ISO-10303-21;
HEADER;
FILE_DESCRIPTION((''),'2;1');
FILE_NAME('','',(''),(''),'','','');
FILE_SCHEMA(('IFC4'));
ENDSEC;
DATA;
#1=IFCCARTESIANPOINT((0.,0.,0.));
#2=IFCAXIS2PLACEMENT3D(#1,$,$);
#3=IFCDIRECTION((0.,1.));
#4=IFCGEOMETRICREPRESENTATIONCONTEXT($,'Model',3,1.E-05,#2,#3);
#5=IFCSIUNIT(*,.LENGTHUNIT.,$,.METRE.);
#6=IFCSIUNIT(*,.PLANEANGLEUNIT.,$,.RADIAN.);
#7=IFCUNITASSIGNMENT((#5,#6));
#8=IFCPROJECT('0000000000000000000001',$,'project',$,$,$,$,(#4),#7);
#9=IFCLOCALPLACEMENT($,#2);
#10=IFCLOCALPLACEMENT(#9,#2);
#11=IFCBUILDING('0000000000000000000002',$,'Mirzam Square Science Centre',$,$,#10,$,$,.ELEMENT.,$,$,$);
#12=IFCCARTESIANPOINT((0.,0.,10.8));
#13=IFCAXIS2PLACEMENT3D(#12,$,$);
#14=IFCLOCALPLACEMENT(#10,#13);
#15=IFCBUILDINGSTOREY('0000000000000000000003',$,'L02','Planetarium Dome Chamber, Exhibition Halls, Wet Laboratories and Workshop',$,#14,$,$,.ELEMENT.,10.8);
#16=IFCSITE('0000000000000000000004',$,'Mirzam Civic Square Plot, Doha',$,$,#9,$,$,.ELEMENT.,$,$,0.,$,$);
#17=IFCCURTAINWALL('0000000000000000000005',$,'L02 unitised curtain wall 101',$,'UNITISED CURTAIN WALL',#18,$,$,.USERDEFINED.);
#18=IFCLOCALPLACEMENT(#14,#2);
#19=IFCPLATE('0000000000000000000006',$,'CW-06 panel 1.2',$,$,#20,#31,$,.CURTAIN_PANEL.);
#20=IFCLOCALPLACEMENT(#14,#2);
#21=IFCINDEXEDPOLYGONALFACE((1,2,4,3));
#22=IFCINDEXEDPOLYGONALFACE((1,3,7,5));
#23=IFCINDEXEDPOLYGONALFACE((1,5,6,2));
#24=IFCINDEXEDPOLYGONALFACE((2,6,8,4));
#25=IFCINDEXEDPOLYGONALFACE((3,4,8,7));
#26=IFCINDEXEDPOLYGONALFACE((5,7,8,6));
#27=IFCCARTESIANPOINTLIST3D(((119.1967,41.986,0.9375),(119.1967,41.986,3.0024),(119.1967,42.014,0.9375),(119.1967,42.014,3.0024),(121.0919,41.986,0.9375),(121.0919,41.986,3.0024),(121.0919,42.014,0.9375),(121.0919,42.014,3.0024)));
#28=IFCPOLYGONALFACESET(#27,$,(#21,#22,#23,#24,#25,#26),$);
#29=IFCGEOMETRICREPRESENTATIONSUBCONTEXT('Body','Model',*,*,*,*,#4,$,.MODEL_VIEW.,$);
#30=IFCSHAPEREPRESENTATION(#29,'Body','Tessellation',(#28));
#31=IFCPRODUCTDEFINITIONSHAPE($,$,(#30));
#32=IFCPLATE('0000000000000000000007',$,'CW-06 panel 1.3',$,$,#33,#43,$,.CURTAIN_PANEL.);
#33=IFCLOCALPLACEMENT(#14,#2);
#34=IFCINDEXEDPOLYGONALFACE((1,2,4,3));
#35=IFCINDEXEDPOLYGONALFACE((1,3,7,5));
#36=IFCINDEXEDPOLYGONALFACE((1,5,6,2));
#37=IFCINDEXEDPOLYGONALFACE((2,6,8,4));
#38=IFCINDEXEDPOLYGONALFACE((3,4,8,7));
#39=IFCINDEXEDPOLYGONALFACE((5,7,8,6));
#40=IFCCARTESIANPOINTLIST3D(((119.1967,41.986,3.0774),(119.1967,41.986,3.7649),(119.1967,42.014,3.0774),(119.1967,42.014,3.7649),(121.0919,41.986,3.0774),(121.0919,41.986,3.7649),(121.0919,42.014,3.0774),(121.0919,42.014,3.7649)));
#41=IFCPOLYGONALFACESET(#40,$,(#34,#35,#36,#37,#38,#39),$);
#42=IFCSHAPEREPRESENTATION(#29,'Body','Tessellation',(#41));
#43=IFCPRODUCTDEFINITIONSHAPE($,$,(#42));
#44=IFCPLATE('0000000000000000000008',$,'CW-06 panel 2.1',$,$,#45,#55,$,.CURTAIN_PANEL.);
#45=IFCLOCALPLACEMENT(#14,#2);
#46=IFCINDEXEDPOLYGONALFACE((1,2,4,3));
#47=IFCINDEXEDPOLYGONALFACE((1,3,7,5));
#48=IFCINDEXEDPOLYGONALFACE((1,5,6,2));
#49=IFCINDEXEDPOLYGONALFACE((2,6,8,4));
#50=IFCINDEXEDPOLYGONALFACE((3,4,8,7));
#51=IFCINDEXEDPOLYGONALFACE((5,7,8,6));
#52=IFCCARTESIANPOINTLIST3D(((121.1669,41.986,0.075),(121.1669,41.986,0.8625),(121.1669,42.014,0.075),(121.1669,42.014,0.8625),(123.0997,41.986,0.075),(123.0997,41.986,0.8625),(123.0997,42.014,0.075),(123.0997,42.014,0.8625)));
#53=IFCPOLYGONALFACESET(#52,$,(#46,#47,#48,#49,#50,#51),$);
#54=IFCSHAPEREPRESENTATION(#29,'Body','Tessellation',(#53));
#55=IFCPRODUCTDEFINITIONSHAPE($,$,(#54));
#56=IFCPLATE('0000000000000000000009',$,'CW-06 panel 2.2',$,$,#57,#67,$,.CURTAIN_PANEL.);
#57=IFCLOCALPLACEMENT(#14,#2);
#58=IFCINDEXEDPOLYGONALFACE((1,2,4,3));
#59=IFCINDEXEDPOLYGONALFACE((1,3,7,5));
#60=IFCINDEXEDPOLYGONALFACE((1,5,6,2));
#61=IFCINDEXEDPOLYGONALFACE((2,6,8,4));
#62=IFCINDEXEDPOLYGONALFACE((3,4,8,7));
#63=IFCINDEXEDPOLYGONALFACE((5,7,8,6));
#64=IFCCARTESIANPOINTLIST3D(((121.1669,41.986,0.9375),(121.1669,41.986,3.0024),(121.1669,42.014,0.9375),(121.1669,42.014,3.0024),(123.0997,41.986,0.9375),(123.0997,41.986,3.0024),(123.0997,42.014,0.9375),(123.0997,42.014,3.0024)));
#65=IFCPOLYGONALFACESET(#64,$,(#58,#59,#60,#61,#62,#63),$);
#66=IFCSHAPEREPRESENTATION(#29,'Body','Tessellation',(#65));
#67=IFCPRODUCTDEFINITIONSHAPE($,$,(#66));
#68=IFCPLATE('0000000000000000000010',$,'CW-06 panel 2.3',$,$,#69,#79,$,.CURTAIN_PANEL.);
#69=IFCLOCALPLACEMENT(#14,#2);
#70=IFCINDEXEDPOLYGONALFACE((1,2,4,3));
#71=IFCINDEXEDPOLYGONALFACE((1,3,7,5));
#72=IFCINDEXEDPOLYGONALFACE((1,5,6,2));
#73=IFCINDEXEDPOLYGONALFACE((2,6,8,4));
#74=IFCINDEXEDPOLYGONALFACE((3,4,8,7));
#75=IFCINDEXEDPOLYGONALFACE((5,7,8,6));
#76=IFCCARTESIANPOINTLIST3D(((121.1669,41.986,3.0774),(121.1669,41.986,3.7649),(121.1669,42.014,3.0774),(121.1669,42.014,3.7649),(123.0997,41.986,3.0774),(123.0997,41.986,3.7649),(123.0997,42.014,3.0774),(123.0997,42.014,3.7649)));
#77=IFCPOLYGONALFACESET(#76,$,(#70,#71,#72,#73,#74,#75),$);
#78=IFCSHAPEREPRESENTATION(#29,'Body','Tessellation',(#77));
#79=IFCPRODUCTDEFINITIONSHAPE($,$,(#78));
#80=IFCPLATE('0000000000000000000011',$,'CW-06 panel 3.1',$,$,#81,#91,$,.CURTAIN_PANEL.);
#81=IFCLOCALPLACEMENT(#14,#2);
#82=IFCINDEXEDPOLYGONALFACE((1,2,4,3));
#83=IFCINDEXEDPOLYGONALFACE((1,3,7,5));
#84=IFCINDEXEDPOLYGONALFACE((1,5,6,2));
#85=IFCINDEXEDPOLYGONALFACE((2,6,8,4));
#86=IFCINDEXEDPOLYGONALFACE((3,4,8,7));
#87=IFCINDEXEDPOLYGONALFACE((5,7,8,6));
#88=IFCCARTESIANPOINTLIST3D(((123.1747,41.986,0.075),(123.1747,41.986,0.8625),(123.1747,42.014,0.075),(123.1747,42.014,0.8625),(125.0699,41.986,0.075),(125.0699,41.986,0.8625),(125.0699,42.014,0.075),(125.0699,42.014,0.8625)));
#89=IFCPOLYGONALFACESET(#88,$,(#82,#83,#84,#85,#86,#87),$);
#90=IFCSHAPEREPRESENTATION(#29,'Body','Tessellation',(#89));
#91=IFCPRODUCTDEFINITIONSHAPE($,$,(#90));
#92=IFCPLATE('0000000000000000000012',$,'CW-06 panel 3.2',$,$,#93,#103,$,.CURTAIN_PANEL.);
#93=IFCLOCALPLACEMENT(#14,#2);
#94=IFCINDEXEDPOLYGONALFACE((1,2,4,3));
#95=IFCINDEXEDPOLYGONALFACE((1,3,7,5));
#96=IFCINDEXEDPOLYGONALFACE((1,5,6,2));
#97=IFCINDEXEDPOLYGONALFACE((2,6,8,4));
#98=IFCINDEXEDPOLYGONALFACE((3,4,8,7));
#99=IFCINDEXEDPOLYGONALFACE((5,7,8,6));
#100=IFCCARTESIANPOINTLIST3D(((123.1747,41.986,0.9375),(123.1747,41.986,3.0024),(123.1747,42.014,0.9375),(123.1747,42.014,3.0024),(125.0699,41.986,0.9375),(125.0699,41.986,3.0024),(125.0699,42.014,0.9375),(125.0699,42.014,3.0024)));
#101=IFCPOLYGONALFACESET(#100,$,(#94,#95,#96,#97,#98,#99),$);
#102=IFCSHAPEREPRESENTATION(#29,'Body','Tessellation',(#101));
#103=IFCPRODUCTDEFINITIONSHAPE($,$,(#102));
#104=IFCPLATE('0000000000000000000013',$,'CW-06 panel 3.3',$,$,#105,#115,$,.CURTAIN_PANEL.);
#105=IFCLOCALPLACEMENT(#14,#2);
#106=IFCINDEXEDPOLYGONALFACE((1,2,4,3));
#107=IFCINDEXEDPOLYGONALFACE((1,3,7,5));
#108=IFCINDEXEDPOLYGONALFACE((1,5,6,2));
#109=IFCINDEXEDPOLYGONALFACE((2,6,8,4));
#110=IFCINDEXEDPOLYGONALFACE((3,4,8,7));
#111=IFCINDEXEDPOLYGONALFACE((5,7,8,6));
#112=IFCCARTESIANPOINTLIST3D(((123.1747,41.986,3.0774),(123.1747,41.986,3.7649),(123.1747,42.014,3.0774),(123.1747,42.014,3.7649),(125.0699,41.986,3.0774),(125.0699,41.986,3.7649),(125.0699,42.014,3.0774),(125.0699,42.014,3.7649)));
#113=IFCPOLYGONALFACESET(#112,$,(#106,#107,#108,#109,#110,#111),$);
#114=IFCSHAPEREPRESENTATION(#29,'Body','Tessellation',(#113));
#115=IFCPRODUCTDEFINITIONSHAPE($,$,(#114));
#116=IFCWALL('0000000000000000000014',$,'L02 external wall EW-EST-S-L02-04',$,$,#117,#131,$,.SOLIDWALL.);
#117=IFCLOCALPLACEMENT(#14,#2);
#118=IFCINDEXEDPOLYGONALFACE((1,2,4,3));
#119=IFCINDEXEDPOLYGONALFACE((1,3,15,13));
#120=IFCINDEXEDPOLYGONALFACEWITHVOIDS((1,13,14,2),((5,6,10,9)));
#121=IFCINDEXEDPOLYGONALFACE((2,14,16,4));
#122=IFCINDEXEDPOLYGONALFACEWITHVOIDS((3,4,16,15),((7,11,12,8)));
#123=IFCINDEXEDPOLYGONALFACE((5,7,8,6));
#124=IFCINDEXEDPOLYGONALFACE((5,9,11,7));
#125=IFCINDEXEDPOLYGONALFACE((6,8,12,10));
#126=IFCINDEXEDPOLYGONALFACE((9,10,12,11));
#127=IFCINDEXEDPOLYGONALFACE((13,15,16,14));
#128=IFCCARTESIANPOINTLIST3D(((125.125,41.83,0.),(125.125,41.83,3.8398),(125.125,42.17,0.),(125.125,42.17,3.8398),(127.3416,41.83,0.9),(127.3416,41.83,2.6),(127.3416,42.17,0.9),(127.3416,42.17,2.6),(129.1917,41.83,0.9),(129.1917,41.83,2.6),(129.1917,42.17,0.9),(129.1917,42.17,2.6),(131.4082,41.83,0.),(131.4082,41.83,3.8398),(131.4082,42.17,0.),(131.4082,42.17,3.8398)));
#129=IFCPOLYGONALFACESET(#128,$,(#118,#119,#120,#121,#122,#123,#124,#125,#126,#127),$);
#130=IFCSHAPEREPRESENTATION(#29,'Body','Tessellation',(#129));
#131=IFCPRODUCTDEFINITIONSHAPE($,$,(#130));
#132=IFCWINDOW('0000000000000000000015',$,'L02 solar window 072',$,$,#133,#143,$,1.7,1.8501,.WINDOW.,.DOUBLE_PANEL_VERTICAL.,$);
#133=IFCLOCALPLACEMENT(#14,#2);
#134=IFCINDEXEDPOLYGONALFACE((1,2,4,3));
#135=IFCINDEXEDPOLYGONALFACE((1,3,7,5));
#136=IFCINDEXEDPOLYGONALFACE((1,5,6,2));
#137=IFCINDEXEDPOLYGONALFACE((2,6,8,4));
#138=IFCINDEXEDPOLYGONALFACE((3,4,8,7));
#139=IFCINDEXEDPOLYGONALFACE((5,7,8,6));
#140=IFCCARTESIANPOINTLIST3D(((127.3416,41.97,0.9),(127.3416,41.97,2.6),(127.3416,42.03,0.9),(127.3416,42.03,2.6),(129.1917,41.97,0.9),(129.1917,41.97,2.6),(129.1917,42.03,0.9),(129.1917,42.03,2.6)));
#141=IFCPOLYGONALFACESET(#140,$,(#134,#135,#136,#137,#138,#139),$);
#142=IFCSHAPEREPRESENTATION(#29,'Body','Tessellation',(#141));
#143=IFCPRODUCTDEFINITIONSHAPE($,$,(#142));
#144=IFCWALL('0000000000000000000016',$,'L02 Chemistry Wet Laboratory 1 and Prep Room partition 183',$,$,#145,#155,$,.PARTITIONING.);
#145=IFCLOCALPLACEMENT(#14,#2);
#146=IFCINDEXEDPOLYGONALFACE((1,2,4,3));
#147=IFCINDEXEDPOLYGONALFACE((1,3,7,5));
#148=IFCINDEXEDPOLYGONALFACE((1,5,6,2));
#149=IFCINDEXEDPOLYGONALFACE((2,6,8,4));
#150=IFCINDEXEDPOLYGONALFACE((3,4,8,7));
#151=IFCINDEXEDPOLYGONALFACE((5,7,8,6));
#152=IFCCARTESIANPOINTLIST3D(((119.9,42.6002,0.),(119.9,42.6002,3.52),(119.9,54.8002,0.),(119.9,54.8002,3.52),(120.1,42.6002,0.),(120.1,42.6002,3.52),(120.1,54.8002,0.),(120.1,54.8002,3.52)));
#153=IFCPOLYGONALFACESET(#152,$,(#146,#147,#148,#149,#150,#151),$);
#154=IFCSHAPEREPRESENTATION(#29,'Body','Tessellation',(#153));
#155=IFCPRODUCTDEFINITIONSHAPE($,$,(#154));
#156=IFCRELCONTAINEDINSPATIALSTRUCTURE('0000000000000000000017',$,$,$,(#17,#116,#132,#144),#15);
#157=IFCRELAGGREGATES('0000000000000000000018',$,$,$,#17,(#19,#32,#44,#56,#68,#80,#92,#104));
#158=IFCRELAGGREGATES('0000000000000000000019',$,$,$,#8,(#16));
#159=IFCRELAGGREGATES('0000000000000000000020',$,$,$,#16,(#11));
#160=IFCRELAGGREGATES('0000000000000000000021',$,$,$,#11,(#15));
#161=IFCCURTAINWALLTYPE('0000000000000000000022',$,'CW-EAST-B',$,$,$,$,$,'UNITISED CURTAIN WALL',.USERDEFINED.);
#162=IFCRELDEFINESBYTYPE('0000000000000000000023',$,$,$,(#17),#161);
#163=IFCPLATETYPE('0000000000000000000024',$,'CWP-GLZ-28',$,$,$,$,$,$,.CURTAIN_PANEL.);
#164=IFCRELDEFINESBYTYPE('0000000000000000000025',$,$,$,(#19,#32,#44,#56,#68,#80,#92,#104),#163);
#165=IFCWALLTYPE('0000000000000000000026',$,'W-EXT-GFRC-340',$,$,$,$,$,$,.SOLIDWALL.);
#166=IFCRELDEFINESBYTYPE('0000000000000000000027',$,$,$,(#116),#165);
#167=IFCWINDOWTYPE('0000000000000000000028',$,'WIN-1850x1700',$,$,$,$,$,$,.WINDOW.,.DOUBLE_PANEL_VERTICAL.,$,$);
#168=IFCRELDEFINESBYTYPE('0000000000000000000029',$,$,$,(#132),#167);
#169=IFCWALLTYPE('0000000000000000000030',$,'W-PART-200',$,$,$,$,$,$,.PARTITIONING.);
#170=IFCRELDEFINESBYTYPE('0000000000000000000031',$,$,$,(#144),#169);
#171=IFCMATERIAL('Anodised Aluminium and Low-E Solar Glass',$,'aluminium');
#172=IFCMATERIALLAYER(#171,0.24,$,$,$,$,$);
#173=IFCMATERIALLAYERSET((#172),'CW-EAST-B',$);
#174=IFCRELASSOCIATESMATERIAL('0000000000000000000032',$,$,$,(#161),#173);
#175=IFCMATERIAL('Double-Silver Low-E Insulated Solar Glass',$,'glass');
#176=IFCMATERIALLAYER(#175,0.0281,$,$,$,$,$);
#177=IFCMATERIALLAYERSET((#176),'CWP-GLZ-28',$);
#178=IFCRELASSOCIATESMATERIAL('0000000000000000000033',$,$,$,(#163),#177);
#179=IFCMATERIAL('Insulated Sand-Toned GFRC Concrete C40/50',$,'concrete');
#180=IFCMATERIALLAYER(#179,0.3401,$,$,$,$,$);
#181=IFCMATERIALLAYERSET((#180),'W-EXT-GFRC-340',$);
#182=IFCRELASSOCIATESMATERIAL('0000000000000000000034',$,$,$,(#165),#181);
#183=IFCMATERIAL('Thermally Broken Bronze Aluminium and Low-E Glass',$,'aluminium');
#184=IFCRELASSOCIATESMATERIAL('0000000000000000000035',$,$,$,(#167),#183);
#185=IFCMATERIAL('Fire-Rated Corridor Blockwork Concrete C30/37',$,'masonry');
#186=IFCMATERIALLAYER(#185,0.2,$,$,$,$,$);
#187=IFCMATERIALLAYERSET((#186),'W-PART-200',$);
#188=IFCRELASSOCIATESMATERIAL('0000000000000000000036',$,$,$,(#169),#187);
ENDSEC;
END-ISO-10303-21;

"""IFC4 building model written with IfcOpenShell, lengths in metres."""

from ifc_helpers import new_model, si_unit, direction, frame, frame_2d, origin, origin_2d, place, context, subcontext, project, spatial, rectangle, extrude, material, layer, layer_set, type_object, element, fill, aggregate, save


model = new_model("IFC4")

# Units and contexts
model_context = context("Model", 3, precision=1e-05, world=origin(), true_north=direction((0.0, 1.0)))
body_context = subcontext(model_context, "Body", "Model", "MODEL_VIEW")
ifc_project = project(units=[si_unit("LENGTHUNIT", "METRE"), si_unit("PLANEANGLEUNIT", "RADIAN")], contexts=[model_context])

# Site, building, storey
site_placement = place(None, origin())
site = spatial("IfcSite", under=ifc_project, at=site_placement, Name="Mirzam Civic Square Plot, Doha", CompositionType="ELEMENT", RefElevation=0.0)
building_placement = place(site_placement, origin())
building = spatial("IfcBuilding", under=site, at=building_placement, Name="Mirzam Square Science Centre", CompositionType="ELEMENT")
storey_placement = place(building_placement, frame((0.0, 0.0, 10.8)))
storey = spatial("IfcBuildingStorey", under=building, at=storey_placement, Name="L02", Description="Planetarium Dome Chamber, Exhibition Halls, Wet Laboratories and Workshop", CompositionType="ELEMENT", Elevation=10.8)

# Shared definitions
ifc_material_1 = material(Name="Anodised Aluminium and Low-E Solar Glass", Category="aluminium")

# Curtain wall
ifc_layer_1 = layer(ifc_material_1, 0.24)
ifc_layer_set_1 = layer_set([ifc_layer_1], Name="CW-EAST-B")
curtain_wall_type_1 = type_object("IfcCurtainWallType", Name="CW-EAST-B", ElementType="UNITISED CURTAIN WALL", PredefinedType="USERDEFINED", material=ifc_layer_set_1)
curtain_wall_1_placement = place(storey_placement, origin())
curtain_wall_1 = element("IfcCurtainWall", 1, at=curtain_wall_1_placement, inside=storey, type_object=curtain_wall_type_1, Name="L02 unitised curtain wall 101", ObjectType="UNITISED CURTAIN WALL", PredefinedType="USERDEFINED")

# Plates
ifc_material_2 = material(Name="Double-Silver Low-E Insulated Solar Glass", Category="glass")
ifc_layer_2 = layer(ifc_material_2, 0.0281)
ifc_layer_set_2 = layer_set([ifc_layer_2], Name="CWP-GLZ-28")
plate_type = type_object("IfcPlateType", Name="CWP-GLZ-28", PredefinedType="CURTAIN_PANEL", material=ifc_layer_set_2)
plate_1_placement = place(storey_placement, frame((120.1443, 42.0, 0.9375), z_axis=(0.0, 0.0, 1.0), x_axis=(1.0, 0.0, 0.0)))
plate_1 = element("IfcPlate", 2, at=plate_1_placement, type_object=plate_type, Name="CW-06 panel 1.2", PredefinedType="CURTAIN_PANEL", context=body_context, shape_type="SweptSolid", body=[
    extrude(rectangle(XDim=1.8953, YDim=0.0281, at=origin_2d()), origin(), (0.0, 0.0, 1.0), 2.0649),
])
plate_2_placement = place(storey_placement, frame((120.1443, 42.0, 3.0774), z_axis=(0.0, 0.0, 1.0), x_axis=(1.0, 0.0, 0.0)))
plate_2 = element("IfcPlate", 3, at=plate_2_placement, type_object=plate_type, Name="CW-06 panel 1.3", PredefinedType="CURTAIN_PANEL", context=body_context, shape_type="SweptSolid", body=[
    extrude(rectangle(XDim=1.8953, YDim=0.0281, at=origin_2d()), origin(), (0.0, 0.0, 1.0), 0.6875),
])
plate_3_placement = place(storey_placement, frame((122.1333, 42.0, 0.075), z_axis=(0.0, 0.0, 1.0), x_axis=(1.0, 0.0, 0.0)))
plate_3 = element("IfcPlate", 4, at=plate_3_placement, type_object=plate_type, Name="CW-06 panel 2.1", PredefinedType="CURTAIN_PANEL", context=body_context, shape_type="SweptSolid", body=[
    extrude(rectangle(XDim=1.9329, YDim=0.0281, at=origin_2d()), origin(), (0.0, 0.0, 1.0), 0.7876),
])
plate_4_placement = place(storey_placement, frame((122.1333, 42.0, 0.9375), z_axis=(0.0, 0.0, 1.0), x_axis=(1.0, 0.0, 0.0)))
plate_4 = element("IfcPlate", 5, at=plate_4_placement, type_object=plate_type, Name="CW-06 panel 2.2", PredefinedType="CURTAIN_PANEL", context=body_context, shape_type="SweptSolid", body=[
    extrude(rectangle(XDim=1.9329, YDim=0.0281, at=origin_2d()), origin(), (0.0, 0.0, 1.0), 2.0649),
])
plate_5_placement = place(storey_placement, frame((122.1333, 42.0, 3.0774), z_axis=(0.0, 0.0, 1.0), x_axis=(1.0, 0.0, 0.0)))
plate_5 = element("IfcPlate", 6, at=plate_5_placement, type_object=plate_type, Name="CW-06 panel 2.3", PredefinedType="CURTAIN_PANEL", context=body_context, shape_type="SweptSolid", body=[
    extrude(rectangle(XDim=1.9329, YDim=0.0281, at=origin_2d()), origin(), (0.0, 0.0, 1.0), 0.6875),
])
plate_6_placement = place(storey_placement, frame((124.1223, 42.0, 0.075), z_axis=(0.0, 0.0, 1.0), x_axis=(1.0, 0.0, 0.0)))
plate_6 = element("IfcPlate", 7, at=plate_6_placement, type_object=plate_type, Name="CW-06 panel 3.1", PredefinedType="CURTAIN_PANEL", context=body_context, shape_type="SweptSolid", body=[
    extrude(rectangle(XDim=1.8953, YDim=0.0281, at=origin_2d()), origin(), (0.0, 0.0, 1.0), 0.7876),
])
plate_7_placement = place(storey_placement, frame((124.1223, 42.0, 0.9375), z_axis=(0.0, 0.0, 1.0), x_axis=(1.0, 0.0, 0.0)))
plate_7 = element("IfcPlate", 8, at=plate_7_placement, type_object=plate_type, Name="CW-06 panel 3.2", PredefinedType="CURTAIN_PANEL", context=body_context, shape_type="SweptSolid", body=[
    extrude(rectangle(XDim=1.8953, YDim=0.0281, at=origin_2d()), origin(), (0.0, 0.0, 1.0), 2.0649),
])
plate_8_placement = place(storey_placement, frame((124.1223, 42.0, 3.0774), z_axis=(0.0, 0.0, 1.0), x_axis=(1.0, 0.0, 0.0)))
plate_8 = element("IfcPlate", 9, at=plate_8_placement, type_object=plate_type, Name="CW-06 panel 3.3", PredefinedType="CURTAIN_PANEL", context=body_context, shape_type="SweptSolid", body=[
    extrude(rectangle(XDim=1.8953, YDim=0.0281, at=origin_2d()), origin(), (0.0, 0.0, 1.0), 0.6875),
])
aggregate(curtain_wall_1, [plate_1, plate_2, plate_3, plate_4, plate_5, plate_6, plate_7, plate_8])

# Wall, opening, window
ifc_material_3 = material(Name="Insulated Sand-Toned GFRC Concrete C40/50", Category="concrete")
ifc_layer_3 = layer(ifc_material_3, 0.3401)
ifc_layer_set_3 = layer_set([ifc_layer_3], Name="W-EXT-GFRC-340")
wall_type_1 = type_object("IfcWallType", Name="W-EXT-GFRC-340", PredefinedType="SOLIDWALL", material=ifc_layer_set_3)
wall_1_placement = place(storey_placement, frame((125.125, 42.0, 0.0), z_axis=(0.0, 0.0, 1.0), x_axis=(1.0, 0.0, 0.0)))
wall_1 = element("IfcWall", 10, at=wall_1_placement, inside=storey, type_object=wall_type_1, Name="L02 external wall EW-EST-S-L02-04", PredefinedType="SOLIDWALL", context=body_context, shape_type="SweptSolid", body=[
    extrude(rectangle(XDim=6.2832, YDim=0.3401, at=frame_2d((3.1416, 0.0))), origin(), (0.0, 0.0, 1.0), 3.8398),
])
opening_placement = place(wall_1_placement, frame((2.2166, 0.0, 0.8999)))
opening = element("IfcOpeningElement", 11, at=opening_placement, cuts=wall_1, PredefinedType="OPENING", context=body_context, shape_type="SweptSolid", body=[
    extrude(rectangle(XDim=1.8501, YDim=1.7, at=frame_2d((0.925, 0.8501))), frame((0.0, 0.1799, 0.0), z_axis=(0.0, -1.0, 0.0), x_axis=(1.0, 0.0, 0.0)), (0.0, 0.0, 1.0), 0.3601),
])
ifc_material_4 = material(Name="Thermally Broken Bronze Aluminium and Low-E Glass", Category="aluminium")
window_type = type_object("IfcWindowType", Name="WIN-1850x1700", PartitioningType="DOUBLE_PANEL_VERTICAL", PredefinedType="WINDOW", material=ifc_material_4)
window_placement = place(opening_placement, origin())
window = element("IfcWindow", 12, at=window_placement, inside=storey, type_object=window_type, Name="L02 solar window 072", OverallHeight=1.7, OverallWidth=1.8501, PartitioningType="DOUBLE_PANEL_VERTICAL", PredefinedType="WINDOW", context=body_context, shape_type="SweptSolid", body=[
    extrude(rectangle(XDim=1.8501, YDim=1.7, at=frame_2d((0.925, 0.8501))), frame((0.0, 0.03, 0.0), z_axis=(0.0, -1.0, 0.0), x_axis=(1.0, 0.0, 0.0)), (0.0, 0.0, 1.0), 0.0601),
])
fill(opening, window)

# Wall
ifc_material_5 = material(Name="Fire-Rated Corridor Blockwork Concrete C30/37", Category="masonry")
ifc_layer_4 = layer(ifc_material_5, 0.2)
ifc_layer_set_4 = layer_set([ifc_layer_4], Name="W-PART-200")
wall_type_2 = type_object("IfcWallType", Name="W-PART-200", PredefinedType="PARTITIONING", material=ifc_layer_set_4)
wall_2_placement = place(storey_placement, frame((120.0, 42.6001, 0.0), z_axis=(0.0, 0.0, 1.0), x_axis=(0.0, 1.0, 0.0)))
element("IfcWall", 13, at=wall_2_placement, inside=storey, type_object=wall_type_2, Name="L02 Chemistry Wet Laboratory 1 and Prep Room partition 183", PredefinedType="PARTITIONING", context=body_context, shape_type="SweptSolid", body=[
    extrude(rectangle(XDim=12.2, YDim=0.2, at=frame_2d((6.1001, 0.0))), origin(), (0.0, 0.0, 1.0), 3.52),
])

save(model, "model.ifc")
